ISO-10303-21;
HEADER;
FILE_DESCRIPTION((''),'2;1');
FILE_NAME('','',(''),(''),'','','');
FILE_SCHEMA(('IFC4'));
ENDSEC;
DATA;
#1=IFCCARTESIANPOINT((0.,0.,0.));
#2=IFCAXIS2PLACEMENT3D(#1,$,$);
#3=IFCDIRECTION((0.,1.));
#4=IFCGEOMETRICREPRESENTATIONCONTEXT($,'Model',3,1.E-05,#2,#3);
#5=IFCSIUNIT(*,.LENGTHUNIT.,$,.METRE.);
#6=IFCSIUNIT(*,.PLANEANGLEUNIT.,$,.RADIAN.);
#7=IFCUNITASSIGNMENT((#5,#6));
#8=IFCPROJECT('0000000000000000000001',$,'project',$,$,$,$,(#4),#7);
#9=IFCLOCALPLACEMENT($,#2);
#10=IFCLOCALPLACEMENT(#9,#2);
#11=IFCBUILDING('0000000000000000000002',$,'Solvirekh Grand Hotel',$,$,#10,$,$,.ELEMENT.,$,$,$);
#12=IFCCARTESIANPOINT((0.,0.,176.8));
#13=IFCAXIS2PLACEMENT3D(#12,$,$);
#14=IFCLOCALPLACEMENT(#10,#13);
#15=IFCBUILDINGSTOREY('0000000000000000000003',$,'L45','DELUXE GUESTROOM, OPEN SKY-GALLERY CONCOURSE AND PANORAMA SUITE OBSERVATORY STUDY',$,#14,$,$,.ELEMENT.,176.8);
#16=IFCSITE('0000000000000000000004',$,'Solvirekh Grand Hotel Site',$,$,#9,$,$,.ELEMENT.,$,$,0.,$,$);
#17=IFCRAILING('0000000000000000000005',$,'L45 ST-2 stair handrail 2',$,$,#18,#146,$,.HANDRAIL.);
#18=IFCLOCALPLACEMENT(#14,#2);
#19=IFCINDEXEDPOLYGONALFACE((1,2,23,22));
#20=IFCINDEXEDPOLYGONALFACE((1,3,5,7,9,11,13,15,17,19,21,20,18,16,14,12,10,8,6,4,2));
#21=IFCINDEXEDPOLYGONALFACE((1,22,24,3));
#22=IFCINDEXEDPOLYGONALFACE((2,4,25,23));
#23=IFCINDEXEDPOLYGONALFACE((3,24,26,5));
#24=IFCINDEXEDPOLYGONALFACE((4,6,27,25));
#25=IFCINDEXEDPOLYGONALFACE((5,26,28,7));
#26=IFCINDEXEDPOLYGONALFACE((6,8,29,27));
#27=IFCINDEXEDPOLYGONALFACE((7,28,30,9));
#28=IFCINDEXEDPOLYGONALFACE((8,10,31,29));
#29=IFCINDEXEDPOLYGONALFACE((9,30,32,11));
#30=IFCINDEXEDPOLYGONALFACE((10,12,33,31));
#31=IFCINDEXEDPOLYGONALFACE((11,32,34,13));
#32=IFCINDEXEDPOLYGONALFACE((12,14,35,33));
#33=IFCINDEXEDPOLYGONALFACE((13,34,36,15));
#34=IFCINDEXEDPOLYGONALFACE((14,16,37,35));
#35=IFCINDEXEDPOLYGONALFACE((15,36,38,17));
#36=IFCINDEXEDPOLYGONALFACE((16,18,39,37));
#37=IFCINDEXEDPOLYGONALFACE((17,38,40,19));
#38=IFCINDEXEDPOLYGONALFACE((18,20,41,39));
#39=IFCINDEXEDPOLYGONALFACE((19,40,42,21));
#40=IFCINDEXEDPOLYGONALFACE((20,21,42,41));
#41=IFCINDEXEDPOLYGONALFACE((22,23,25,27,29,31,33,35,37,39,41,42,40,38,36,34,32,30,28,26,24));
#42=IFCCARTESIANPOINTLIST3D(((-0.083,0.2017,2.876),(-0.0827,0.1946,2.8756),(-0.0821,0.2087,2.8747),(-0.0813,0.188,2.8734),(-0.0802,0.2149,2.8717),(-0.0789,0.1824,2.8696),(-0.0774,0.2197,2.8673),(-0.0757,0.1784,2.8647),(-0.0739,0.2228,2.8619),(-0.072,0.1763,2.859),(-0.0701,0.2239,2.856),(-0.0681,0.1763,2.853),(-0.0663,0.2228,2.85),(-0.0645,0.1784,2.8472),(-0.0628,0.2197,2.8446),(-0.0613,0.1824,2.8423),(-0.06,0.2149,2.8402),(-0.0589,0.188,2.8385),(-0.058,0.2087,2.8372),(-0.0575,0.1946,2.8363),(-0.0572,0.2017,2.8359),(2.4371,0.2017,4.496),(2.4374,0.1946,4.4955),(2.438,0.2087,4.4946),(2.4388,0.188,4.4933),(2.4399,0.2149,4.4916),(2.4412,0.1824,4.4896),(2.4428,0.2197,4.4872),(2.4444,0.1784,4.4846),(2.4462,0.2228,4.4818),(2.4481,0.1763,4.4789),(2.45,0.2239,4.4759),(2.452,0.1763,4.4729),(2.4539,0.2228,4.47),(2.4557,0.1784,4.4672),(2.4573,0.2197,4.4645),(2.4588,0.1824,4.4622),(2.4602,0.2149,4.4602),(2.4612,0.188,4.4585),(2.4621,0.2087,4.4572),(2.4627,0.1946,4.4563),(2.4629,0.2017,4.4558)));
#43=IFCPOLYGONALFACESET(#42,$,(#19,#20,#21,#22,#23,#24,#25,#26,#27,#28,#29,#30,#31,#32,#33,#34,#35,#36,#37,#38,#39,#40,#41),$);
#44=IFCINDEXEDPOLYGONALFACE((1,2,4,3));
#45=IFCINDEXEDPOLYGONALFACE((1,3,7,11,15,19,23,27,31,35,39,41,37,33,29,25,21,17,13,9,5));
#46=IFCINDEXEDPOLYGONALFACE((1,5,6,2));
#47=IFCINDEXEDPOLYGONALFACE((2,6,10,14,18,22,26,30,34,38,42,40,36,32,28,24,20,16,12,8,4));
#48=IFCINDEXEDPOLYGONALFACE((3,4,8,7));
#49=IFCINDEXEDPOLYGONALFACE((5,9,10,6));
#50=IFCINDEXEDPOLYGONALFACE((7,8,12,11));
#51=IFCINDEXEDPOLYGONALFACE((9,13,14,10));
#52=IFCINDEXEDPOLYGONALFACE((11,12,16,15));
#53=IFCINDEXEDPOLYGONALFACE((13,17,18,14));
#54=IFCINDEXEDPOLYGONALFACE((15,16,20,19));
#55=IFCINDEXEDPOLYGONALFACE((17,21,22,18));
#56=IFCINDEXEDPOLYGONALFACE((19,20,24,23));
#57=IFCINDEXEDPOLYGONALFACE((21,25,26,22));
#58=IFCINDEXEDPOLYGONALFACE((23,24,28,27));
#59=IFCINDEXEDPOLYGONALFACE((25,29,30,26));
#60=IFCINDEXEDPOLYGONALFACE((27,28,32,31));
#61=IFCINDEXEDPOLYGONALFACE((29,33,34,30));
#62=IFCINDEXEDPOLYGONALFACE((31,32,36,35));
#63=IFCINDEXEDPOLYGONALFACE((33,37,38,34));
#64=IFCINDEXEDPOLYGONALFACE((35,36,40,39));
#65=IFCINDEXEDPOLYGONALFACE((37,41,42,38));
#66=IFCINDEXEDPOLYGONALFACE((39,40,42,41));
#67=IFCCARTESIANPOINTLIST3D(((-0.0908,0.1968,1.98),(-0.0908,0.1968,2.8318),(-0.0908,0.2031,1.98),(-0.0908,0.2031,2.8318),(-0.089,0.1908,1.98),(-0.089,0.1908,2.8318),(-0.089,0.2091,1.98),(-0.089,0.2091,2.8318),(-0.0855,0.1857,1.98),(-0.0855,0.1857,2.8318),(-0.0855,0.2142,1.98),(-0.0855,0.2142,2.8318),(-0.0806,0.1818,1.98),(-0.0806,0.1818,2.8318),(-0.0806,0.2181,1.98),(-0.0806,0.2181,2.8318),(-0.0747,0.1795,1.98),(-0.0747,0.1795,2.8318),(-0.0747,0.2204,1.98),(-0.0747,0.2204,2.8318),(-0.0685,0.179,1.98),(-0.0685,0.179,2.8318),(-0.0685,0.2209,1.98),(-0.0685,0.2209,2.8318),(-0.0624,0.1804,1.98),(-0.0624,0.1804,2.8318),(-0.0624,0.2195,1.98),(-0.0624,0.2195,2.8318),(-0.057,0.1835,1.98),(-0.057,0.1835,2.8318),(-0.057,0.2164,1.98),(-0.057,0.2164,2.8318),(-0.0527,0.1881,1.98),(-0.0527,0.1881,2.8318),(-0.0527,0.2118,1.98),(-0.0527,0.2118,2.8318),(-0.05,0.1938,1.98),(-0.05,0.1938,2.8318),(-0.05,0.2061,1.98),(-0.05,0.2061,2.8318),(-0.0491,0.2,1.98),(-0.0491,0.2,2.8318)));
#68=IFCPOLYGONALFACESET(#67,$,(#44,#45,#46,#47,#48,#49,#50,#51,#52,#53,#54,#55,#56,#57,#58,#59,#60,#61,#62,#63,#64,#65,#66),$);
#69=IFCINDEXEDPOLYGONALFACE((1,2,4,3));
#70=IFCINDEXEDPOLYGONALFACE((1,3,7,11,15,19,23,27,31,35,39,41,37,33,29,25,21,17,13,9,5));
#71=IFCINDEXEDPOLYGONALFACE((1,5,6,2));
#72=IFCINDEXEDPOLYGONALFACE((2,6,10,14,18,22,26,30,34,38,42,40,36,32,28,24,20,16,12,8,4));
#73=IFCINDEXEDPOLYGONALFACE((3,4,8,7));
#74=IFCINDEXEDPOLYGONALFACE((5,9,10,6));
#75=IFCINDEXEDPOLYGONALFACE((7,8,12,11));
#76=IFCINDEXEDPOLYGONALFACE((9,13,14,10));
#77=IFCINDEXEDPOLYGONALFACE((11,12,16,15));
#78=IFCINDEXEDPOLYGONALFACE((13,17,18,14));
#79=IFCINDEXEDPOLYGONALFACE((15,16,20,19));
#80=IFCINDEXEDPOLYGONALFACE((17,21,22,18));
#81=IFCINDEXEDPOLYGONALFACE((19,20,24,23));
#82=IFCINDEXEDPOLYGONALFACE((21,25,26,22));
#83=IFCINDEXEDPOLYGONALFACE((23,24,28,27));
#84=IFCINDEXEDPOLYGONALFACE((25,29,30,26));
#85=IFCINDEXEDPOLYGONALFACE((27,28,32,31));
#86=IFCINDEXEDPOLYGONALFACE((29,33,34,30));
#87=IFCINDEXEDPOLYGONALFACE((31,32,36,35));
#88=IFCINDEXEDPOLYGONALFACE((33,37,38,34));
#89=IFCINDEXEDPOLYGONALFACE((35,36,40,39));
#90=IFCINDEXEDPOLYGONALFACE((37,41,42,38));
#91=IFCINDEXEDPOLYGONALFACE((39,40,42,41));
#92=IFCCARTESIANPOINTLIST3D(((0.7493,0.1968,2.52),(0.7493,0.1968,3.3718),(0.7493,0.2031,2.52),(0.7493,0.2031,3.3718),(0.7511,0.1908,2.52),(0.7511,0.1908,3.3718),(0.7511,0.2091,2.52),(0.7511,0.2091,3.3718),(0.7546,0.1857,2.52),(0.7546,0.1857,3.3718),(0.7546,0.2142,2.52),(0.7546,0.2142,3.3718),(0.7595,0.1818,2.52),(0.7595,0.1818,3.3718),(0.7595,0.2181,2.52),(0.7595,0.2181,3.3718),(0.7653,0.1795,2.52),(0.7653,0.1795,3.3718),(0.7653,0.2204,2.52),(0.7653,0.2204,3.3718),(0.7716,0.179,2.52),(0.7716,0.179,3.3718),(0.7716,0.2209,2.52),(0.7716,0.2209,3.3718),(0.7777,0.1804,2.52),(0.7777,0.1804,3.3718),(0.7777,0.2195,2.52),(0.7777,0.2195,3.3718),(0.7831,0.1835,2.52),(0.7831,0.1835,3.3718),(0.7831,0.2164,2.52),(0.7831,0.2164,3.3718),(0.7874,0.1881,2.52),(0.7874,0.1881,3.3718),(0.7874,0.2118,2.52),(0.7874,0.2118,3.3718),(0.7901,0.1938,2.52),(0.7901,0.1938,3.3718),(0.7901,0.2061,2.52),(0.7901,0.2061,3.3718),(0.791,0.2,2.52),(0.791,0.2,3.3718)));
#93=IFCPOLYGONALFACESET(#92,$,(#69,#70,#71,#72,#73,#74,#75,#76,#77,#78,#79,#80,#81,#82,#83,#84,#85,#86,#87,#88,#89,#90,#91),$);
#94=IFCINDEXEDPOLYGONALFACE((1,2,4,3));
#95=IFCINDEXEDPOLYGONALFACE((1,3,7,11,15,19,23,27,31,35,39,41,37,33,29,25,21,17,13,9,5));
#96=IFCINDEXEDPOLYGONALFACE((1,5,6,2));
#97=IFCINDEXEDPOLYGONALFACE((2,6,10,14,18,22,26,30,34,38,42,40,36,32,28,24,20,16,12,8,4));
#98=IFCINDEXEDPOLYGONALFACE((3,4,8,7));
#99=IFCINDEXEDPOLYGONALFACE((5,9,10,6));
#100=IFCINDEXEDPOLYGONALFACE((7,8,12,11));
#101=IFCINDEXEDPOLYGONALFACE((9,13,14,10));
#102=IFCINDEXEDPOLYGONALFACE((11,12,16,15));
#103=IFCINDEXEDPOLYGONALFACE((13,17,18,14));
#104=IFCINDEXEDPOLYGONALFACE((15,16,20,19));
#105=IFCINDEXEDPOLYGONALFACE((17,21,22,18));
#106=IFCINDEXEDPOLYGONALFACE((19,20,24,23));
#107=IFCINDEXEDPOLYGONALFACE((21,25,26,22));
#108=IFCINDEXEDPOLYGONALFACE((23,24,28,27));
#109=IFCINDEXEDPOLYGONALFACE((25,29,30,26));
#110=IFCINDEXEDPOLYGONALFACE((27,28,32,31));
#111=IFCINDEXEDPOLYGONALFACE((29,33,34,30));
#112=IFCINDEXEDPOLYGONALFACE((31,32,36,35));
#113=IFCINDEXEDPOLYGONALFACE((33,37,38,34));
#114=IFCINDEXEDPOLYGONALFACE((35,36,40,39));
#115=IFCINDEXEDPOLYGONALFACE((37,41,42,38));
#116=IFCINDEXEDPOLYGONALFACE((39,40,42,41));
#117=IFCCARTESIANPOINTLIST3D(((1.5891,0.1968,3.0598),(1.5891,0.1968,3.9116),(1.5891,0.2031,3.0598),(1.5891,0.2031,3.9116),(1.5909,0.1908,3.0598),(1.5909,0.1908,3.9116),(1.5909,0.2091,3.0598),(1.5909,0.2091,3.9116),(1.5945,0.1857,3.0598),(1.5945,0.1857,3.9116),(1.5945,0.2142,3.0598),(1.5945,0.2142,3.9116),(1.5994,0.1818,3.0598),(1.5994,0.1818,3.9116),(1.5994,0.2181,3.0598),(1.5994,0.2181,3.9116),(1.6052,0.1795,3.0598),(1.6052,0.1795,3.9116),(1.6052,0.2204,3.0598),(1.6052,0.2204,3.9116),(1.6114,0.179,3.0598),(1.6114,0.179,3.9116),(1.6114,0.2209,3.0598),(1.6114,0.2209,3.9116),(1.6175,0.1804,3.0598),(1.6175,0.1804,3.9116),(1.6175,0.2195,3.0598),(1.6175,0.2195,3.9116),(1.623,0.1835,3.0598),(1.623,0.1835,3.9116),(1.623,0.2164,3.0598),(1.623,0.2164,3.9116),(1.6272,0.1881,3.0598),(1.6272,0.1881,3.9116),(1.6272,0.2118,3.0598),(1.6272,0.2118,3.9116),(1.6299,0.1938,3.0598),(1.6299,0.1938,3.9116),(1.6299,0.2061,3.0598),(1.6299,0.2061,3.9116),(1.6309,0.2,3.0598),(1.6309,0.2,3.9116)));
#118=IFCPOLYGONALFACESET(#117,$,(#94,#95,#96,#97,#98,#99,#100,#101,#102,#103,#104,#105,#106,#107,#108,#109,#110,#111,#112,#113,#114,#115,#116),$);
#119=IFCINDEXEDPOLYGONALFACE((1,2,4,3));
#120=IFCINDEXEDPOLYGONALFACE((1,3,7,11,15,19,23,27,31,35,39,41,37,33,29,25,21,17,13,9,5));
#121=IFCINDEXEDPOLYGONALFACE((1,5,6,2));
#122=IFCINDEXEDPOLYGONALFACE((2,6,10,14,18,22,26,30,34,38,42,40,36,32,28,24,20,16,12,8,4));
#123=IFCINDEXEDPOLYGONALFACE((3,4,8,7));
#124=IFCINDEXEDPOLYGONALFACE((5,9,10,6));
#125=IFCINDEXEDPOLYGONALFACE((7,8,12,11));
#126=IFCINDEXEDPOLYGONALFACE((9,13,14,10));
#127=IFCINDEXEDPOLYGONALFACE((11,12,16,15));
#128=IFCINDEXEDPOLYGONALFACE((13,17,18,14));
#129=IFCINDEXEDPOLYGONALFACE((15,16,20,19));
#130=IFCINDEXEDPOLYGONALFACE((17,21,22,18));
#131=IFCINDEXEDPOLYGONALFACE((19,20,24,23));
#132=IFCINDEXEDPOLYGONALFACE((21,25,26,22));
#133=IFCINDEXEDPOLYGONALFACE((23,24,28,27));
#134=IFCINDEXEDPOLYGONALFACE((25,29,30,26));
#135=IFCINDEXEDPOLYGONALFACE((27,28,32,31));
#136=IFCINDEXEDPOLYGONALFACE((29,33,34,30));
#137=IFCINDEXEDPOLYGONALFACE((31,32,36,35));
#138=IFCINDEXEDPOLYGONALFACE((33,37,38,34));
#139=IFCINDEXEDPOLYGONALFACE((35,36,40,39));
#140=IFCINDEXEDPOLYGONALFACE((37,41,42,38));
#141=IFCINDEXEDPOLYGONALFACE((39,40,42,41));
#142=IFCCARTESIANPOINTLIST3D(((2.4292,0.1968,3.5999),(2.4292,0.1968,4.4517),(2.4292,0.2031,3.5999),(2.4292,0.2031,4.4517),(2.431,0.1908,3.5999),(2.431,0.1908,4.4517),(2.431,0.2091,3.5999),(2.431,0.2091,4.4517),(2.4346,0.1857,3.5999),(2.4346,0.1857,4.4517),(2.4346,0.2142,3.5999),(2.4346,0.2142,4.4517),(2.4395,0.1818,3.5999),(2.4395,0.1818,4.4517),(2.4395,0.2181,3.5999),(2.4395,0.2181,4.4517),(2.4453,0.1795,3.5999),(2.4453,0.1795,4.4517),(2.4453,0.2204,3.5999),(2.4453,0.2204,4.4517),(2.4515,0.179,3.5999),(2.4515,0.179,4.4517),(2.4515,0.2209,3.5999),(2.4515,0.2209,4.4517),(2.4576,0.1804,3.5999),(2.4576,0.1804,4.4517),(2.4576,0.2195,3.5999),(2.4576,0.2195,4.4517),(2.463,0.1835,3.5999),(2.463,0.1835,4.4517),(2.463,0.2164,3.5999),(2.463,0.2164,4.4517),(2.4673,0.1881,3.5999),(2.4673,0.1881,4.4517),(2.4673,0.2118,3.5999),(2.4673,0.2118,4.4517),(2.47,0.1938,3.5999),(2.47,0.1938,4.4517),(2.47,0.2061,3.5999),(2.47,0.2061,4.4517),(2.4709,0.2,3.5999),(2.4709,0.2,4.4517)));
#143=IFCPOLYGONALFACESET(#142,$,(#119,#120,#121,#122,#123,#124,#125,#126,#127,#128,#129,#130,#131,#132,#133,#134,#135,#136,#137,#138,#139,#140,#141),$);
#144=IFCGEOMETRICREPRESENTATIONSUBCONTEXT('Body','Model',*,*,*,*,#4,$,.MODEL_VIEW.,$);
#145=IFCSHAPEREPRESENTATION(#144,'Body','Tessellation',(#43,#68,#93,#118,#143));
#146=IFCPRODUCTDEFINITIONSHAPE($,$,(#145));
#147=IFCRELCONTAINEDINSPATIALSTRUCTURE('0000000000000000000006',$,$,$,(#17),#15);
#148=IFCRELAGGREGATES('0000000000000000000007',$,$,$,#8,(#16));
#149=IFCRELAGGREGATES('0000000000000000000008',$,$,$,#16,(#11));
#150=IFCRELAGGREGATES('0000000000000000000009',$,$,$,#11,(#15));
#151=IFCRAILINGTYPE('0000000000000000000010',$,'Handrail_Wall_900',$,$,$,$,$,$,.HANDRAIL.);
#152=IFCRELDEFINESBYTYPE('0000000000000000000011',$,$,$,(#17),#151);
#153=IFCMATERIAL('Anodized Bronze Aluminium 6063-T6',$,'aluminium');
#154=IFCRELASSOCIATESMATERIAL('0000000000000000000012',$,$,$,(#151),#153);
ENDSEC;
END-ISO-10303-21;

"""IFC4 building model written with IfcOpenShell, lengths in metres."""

from ifc_helpers import new_model, si_unit, direction, frame, origin, origin_2d, place, context, subcontext, project, spatial, circle, extrude, material, type_object, element, save


model = new_model("IFC4")

# Units and contexts
model_context = context("Model", 3, precision=1e-05, world=origin(), true_north=direction((0.0, 1.0)))
body_context = subcontext(model_context, "Body", "Model", "MODEL_VIEW")
ifc_project = project(units=[si_unit("LENGTHUNIT", "METRE"), si_unit("PLANEANGLEUNIT", "RADIAN")], contexts=[model_context])

# Site, building, storey
site_placement = place(None, origin())
site = spatial("IfcSite", under=ifc_project, at=site_placement, Name="Solvirekh Grand Hotel Site", CompositionType="ELEMENT", RefElevation=0.0)
building_placement = place(site_placement, origin())
building = spatial("IfcBuilding", under=site, at=building_placement, Name="Solvirekh Grand Hotel", CompositionType="ELEMENT")
storey_placement = place(building_placement, frame((0.0, 0.0, 176.8)))
storey = spatial("IfcBuildingStorey", under=building, at=storey_placement, Name="L45", Description="DELUXE GUESTROOM, OPEN SKY-GALLERY CONCOURSE AND PANORAMA SUITE OBSERVATORY STUDY", CompositionType="ELEMENT", Elevation=176.8)

# Railing
ifc_material_1 = material(Name="Anodized Bronze Aluminium 6063-T6", Category="aluminium")
railing_type_1 = type_object("IfcRailingType", Name="Handrail_Wall_900", PredefinedType="HANDRAIL", material=ifc_material_1)
railing_1_placement = place(storey_placement, frame((-0.0701, 0.2, 1.98)))
element("IfcRailing", 1, at=railing_1_placement, inside=storey, type_object=railing_type_1, Name="L45 ST-2 stair handrail 2", PredefinedType="HANDRAIL", context=body_context, shape_type="SweptSolid", body=[
    extrude(circle(Radius=0.0239, at=origin_2d()), frame((0.0, 0.0, 0.876), z_axis=(0.8412, 0.0, 0.540725), x_axis=(0.0, 1.0, 0.0)), (0.0, 0.0, 1.0), 2.9958),
    extrude(circle(Radius=0.021, at=origin_2d()), origin(), (0.0, 0.0, 1.0), 0.8518),
    extrude(circle(Radius=0.021, at=origin_2d()), frame((0.8401, 0.0, 0.54)), (0.0, 0.0, 1.0), 0.8518),
    extrude(circle(Radius=0.021, at=origin_2d()), frame((1.6799, 0.0, 1.0798)), (0.0, 0.0, 1.0), 0.8518),
    extrude(circle(Radius=0.021, at=origin_2d()), frame((2.52, 0.0, 1.6199)), (0.0, 0.0, 1.0), 0.8518),
])

save(model, "model.ifc")
